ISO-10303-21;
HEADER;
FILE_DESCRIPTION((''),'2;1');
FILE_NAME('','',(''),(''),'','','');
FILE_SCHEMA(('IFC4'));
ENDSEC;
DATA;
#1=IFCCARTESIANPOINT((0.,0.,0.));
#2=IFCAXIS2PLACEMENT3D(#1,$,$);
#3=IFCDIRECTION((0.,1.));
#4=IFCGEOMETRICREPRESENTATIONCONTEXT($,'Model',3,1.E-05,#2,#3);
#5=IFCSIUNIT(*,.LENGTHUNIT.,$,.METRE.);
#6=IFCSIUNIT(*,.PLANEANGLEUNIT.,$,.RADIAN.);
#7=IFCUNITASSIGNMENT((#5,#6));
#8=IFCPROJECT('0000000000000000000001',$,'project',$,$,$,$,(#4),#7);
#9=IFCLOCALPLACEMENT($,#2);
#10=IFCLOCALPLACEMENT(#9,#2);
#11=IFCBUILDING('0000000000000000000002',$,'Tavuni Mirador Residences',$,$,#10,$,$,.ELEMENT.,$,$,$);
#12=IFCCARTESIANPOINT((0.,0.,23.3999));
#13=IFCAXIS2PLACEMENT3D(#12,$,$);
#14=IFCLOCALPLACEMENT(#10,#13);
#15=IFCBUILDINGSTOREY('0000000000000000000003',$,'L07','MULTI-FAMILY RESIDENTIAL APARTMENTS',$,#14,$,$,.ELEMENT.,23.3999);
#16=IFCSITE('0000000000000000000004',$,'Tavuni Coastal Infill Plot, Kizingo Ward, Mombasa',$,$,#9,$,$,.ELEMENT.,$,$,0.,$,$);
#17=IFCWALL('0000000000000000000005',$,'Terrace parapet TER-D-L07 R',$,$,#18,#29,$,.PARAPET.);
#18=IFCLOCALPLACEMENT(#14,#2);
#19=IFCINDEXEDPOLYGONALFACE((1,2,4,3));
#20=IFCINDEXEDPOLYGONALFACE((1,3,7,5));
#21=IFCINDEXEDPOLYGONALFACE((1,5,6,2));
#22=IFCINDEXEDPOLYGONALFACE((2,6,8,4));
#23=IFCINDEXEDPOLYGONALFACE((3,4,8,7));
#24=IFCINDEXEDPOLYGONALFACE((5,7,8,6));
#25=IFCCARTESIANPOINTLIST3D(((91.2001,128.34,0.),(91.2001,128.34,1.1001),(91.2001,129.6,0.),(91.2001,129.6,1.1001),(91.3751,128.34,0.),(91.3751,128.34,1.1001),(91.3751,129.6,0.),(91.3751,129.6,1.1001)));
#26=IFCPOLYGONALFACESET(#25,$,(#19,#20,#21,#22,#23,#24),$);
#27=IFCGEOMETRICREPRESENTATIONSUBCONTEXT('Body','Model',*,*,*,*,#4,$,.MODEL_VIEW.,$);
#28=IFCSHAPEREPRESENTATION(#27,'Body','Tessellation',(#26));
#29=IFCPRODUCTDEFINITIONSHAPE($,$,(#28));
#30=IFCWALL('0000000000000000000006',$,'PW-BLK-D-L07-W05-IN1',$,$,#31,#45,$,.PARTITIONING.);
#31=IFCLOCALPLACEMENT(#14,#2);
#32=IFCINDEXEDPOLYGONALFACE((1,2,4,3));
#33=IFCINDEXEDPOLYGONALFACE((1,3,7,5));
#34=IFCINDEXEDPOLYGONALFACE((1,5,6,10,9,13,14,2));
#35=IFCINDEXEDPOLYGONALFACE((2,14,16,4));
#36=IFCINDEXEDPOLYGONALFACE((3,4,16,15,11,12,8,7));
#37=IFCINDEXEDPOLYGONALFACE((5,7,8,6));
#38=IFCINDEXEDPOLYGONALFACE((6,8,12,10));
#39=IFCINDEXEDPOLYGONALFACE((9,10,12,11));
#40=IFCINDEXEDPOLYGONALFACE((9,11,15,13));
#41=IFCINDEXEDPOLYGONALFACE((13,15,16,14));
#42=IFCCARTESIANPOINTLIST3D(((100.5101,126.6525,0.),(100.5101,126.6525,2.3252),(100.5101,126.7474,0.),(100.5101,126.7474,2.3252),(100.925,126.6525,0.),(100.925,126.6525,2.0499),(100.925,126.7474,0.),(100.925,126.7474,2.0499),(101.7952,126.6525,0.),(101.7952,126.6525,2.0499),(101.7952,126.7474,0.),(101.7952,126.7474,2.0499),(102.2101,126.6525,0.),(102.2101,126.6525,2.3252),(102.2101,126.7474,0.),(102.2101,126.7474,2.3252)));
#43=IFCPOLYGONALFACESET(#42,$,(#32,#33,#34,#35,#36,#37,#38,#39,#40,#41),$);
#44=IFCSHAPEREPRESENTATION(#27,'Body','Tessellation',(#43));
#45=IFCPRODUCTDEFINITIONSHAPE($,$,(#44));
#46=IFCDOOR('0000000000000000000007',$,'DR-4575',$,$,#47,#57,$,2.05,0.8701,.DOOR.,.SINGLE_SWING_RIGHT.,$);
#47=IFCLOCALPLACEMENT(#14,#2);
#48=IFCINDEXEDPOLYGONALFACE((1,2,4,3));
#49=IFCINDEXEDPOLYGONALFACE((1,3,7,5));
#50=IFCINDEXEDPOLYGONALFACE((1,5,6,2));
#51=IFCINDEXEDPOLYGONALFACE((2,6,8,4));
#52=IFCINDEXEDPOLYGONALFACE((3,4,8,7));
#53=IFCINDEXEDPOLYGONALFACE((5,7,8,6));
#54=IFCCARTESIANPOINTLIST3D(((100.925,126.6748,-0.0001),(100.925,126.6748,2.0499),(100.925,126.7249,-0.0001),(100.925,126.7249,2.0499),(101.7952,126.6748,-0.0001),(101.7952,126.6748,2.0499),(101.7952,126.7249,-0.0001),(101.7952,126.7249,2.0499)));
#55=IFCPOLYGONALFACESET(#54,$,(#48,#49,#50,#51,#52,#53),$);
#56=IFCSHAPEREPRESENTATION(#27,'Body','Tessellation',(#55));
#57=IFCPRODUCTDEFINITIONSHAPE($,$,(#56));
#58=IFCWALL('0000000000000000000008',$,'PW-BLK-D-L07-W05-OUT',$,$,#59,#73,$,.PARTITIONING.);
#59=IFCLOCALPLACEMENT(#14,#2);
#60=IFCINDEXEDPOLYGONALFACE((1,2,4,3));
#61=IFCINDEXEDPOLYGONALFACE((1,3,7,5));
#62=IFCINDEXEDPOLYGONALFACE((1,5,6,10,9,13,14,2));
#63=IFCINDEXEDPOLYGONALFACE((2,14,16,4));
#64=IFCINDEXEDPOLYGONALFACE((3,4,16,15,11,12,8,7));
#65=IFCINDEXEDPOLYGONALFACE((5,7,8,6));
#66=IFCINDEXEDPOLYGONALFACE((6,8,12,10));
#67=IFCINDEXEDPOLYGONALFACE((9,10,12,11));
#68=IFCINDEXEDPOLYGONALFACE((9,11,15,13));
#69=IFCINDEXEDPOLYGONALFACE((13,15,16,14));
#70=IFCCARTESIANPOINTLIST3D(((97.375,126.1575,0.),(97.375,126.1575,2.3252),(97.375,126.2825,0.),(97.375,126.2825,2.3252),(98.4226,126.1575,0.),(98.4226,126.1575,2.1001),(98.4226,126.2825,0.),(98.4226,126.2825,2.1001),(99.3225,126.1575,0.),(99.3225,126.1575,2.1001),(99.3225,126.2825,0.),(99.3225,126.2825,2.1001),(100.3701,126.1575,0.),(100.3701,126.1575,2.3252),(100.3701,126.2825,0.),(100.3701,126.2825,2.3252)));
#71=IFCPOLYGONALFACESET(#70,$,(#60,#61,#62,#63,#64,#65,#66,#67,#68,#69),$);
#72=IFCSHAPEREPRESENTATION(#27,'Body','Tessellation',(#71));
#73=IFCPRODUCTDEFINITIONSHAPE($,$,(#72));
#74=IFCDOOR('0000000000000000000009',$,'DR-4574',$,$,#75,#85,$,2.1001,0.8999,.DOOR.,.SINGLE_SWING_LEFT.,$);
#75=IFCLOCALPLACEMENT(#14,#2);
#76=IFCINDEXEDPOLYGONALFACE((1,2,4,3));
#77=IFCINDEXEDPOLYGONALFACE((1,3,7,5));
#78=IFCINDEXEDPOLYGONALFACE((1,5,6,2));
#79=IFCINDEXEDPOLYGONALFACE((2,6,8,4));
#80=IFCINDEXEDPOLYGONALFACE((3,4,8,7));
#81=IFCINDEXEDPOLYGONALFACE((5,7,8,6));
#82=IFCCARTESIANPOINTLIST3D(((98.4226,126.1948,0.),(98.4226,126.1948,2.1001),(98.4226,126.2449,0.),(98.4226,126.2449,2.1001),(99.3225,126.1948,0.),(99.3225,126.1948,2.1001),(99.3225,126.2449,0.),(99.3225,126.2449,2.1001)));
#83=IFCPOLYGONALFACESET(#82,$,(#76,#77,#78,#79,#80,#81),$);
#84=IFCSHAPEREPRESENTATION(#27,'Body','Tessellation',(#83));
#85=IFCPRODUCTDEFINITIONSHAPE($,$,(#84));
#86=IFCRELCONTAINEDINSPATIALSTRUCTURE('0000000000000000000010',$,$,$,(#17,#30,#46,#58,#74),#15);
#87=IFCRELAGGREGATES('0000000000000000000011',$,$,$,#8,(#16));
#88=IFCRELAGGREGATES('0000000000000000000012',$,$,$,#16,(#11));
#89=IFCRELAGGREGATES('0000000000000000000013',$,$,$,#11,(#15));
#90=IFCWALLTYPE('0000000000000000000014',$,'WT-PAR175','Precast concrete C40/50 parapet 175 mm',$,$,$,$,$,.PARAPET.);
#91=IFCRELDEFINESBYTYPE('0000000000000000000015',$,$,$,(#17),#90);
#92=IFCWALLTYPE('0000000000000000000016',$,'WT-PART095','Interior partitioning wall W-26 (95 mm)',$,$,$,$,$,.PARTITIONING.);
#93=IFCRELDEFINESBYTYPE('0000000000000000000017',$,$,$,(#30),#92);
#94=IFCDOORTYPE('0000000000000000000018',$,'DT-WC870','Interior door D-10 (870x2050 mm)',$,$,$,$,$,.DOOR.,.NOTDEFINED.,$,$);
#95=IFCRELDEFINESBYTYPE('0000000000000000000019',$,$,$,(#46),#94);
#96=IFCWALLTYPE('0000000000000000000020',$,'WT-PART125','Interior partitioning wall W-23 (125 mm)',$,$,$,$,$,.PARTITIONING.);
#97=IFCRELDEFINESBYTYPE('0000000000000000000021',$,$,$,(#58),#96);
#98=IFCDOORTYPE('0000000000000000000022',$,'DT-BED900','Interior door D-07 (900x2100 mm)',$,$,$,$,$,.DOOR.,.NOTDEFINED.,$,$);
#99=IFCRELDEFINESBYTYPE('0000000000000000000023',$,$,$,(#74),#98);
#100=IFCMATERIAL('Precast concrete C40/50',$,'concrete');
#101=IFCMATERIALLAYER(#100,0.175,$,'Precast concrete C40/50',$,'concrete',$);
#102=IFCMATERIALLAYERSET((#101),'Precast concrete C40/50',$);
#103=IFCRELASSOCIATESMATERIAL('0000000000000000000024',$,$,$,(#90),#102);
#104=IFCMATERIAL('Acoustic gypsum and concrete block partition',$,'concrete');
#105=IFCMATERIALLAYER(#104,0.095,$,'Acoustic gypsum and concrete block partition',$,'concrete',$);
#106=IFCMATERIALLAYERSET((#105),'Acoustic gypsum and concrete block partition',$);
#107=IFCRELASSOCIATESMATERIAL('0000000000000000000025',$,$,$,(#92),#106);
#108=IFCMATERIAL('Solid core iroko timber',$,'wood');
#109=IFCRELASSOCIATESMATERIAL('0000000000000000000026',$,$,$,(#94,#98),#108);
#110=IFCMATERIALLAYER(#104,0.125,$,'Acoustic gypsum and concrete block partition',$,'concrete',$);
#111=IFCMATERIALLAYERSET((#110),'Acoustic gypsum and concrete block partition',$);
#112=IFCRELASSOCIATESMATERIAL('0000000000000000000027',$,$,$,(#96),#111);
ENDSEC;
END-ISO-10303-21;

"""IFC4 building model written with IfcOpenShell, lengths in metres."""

from ifc_helpers import new_model, si_unit, direction, frame, frame_2d, origin, place, context, subcontext, project, spatial, rectangle, extrude, material, layer, layer_set, type_object, element, fill, save


model = new_model("IFC4")

# Units and contexts
model_context = context("Model", 3, precision=1e-05, world=origin(), true_north=direction((0.0, 1.0)))
body_context = subcontext(model_context, "Body", "Model", "MODEL_VIEW")
ifc_project = project(units=[si_unit("LENGTHUNIT", "METRE"), si_unit("PLANEANGLEUNIT", "RADIAN")], contexts=[model_context])

# Site, building, storey
site_placement = place(None, origin())
site = spatial("IfcSite", under=ifc_project, at=site_placement, Name="Tavuni Coastal Infill Plot, Kizingo Ward, Mombasa", CompositionType="ELEMENT", RefElevation=0.0)
building_placement = place(site_placement, origin())
building = spatial("IfcBuilding", under=site, at=building_placement, Name="Tavuni Mirador Residences", CompositionType="ELEMENT")
storey_placement = place(building_placement, frame((0.0, 0.0, 23.3999)))
storey = spatial("IfcBuildingStorey", under=building, at=storey_placement, Name="L07", Description="MULTI-FAMILY RESIDENTIAL APARTMENTS", CompositionType="ELEMENT", Elevation=23.3999)

# Shared definitions
ifc_material_1 = material(Name="Precast concrete C40/50", Category="concrete")

# Wall
ifc_layer_1 = layer(ifc_material_1, 0.175, Name="Precast concrete C40/50", Category="concrete")
ifc_layer_set_1 = layer_set([ifc_layer_1], Name="Precast concrete C40/50")
wall_type_1 = type_object("IfcWallType", Name="WT-PAR175", Description="Precast concrete C40/50 parapet 175 mm", PredefinedType="PARAPET", material=ifc_layer_set_1)
wall_1_placement = place(storey_placement, frame((91.2876, 128.3401, 0.0), z_axis=(0.0, 0.0, 1.0), x_axis=(0.0, 1.0, 0.0)))
element("IfcWall", 1, at=wall_1_placement, inside=storey, type_object=wall_type_1, Name="Terrace parapet TER-D-L07 R", PredefinedType="PARAPET", context=body_context, shape_type="SweptSolid", body=[
    extrude(rectangle(XDim=1.26, YDim=0.175, at=frame_2d((0.6299, 0.0))), origin(), (0.0, 0.0, 1.0), 1.1001),
])

# Walls, openings, doors
ifc_material_2 = material(Name="Acoustic gypsum and concrete block partition", Category="concrete")
ifc_layer_2 = layer(ifc_material_2, 0.095, Name="Acoustic gypsum and concrete block partition", Category="concrete")
ifc_layer_set_2 = layer_set([ifc_layer_2], Name="Acoustic gypsum and concrete block partition")
wall_type_2 = type_object("IfcWallType", Name="WT-PART095", Description="Interior partitioning wall W-26 (95 mm)", PredefinedType="PARTITIONING", material=ifc_layer_set_2)
wall_2_placement = place(storey_placement, frame((100.51, 126.7, 0.0), z_axis=(0.0, 0.0, 1.0), x_axis=(1.0, 0.0, 0.0)))
wall_2 = element("IfcWall", 2, at=wall_2_placement, inside=storey, type_object=wall_type_2, Name="PW-BLK-D-L07-W05-IN1", PredefinedType="PARTITIONING", context=body_context, shape_type="SweptSolid", body=[
    extrude(rectangle(XDim=1.7, YDim=0.095, at=frame_2d((0.8501, 0.0))), origin(), (0.0, 0.0, 1.0), 2.3252),
])
opening_1_placement = place(wall_2_placement, frame((0.415, 0.0, 0.0)))
opening_1 = element("IfcOpeningElement", 3, at=opening_1_placement, cuts=wall_2, PredefinedType="OPENING", context=body_context, shape_type="SweptSolid", body=[
    extrude(rectangle(XDim=0.8701, YDim=2.05, at=frame_2d((0.4351, 1.0249))), frame((0.0, 0.0576, 0.0), z_axis=(0.0, -1.0, 0.0), x_axis=(1.0, 0.0, 0.0)), (0.0, 0.0, 1.0), 0.115),
])
ifc_material_3 = material(Name="Solid core iroko timber", Category="wood")
door_type_1 = type_object("IfcDoorType", Name="DT-WC870", Description="Interior door D-10 (870x2050 mm)", OperationType="NOTDEFINED", PredefinedType="DOOR", material=ifc_material_3)
door_1_placement = place(opening_1_placement, origin())
door_1 = element("IfcDoor", 4, at=door_1_placement, inside=storey, type_object=door_type_1, Name="DR-4575", OperationType="SINGLE_SWING_RIGHT", OverallHeight=2.05, OverallWidth=0.8701, PredefinedType="DOOR", context=body_context, shape_type="SweptSolid", body=[
    extrude(rectangle(XDim=0.8701, YDim=2.05, at=frame_2d((0.4351, 1.0249))), frame((0.0, 0.0249, 0.0), z_axis=(0.0, -1.0, 0.0), x_axis=(1.0, 0.0, 0.0)), (0.0, 0.0, 1.0), 0.05),
])
fill(opening_1, door_1)
ifc_layer_3 = layer(ifc_material_2, 0.125, Name="Acoustic gypsum and concrete block partition", Category="concrete")
ifc_layer_set_3 = layer_set([ifc_layer_3], Name="Acoustic gypsum and concrete block partition")
wall_type_3 = type_object("IfcWallType", Name="WT-PART125", Description="Interior partitioning wall W-23 (125 mm)", PredefinedType="PARTITIONING", material=ifc_layer_set_3)
wall_3_placement = place(storey_placement, frame((97.375, 126.22, 0.0), z_axis=(0.0, 0.0, 1.0), x_axis=(1.0, 0.0, 0.0)))
wall_3 = element("IfcWall", 5, at=wall_3_placement, inside=storey, type_object=wall_type_3, Name="PW-BLK-D-L07-W05-OUT", PredefinedType="PARTITIONING", context=body_context, shape_type="SweptSolid", body=[
    extrude(rectangle(XDim=2.9951, YDim=0.125, at=frame_2d((1.4976, 0.0))), origin(), (0.0, 0.0, 1.0), 2.3252),
])
opening_2_placement = place(wall_3_placement, frame((1.0476, 0.0, 0.0)))
opening_2 = element("IfcOpeningElement", 6, at=opening_2_placement, cuts=wall_3, PredefinedType="OPENING", context=body_context, shape_type="SweptSolid", body=[
    extrude(rectangle(XDim=0.8999, YDim=2.1001, at=frame_2d((0.45, 1.05))), frame((0.0, 0.0725, 0.0), z_axis=(0.0, -1.0, 0.0), x_axis=(1.0, 0.0, 0.0)), (0.0, 0.0, 1.0), 0.145),
])
door_type_2 = type_object("IfcDoorType", Name="DT-BED900", Description="Interior door D-07 (900x2100 mm)", OperationType="NOTDEFINED", PredefinedType="DOOR", material=ifc_material_3)
door_2_placement = place(opening_2_placement, origin())
door_2 = element("IfcDoor", 7, at=door_2_placement, inside=storey, type_object=door_type_2, Name="DR-4574", OperationType="SINGLE_SWING_LEFT", OverallHeight=2.1001, OverallWidth=0.8999, PredefinedType="DOOR", context=body_context, shape_type="SweptSolid", body=[
    extrude(rectangle(XDim=0.8999, YDim=2.1001, at=frame_2d((0.45, 1.05))), frame((0.0, 0.0249, 0.0), z_axis=(0.0, -1.0, 0.0), x_axis=(1.0, 0.0, 0.0)), (0.0, 0.0, 1.0), 0.05),
])
fill(opening_2, door_2)

save(model, "model.ifc")
